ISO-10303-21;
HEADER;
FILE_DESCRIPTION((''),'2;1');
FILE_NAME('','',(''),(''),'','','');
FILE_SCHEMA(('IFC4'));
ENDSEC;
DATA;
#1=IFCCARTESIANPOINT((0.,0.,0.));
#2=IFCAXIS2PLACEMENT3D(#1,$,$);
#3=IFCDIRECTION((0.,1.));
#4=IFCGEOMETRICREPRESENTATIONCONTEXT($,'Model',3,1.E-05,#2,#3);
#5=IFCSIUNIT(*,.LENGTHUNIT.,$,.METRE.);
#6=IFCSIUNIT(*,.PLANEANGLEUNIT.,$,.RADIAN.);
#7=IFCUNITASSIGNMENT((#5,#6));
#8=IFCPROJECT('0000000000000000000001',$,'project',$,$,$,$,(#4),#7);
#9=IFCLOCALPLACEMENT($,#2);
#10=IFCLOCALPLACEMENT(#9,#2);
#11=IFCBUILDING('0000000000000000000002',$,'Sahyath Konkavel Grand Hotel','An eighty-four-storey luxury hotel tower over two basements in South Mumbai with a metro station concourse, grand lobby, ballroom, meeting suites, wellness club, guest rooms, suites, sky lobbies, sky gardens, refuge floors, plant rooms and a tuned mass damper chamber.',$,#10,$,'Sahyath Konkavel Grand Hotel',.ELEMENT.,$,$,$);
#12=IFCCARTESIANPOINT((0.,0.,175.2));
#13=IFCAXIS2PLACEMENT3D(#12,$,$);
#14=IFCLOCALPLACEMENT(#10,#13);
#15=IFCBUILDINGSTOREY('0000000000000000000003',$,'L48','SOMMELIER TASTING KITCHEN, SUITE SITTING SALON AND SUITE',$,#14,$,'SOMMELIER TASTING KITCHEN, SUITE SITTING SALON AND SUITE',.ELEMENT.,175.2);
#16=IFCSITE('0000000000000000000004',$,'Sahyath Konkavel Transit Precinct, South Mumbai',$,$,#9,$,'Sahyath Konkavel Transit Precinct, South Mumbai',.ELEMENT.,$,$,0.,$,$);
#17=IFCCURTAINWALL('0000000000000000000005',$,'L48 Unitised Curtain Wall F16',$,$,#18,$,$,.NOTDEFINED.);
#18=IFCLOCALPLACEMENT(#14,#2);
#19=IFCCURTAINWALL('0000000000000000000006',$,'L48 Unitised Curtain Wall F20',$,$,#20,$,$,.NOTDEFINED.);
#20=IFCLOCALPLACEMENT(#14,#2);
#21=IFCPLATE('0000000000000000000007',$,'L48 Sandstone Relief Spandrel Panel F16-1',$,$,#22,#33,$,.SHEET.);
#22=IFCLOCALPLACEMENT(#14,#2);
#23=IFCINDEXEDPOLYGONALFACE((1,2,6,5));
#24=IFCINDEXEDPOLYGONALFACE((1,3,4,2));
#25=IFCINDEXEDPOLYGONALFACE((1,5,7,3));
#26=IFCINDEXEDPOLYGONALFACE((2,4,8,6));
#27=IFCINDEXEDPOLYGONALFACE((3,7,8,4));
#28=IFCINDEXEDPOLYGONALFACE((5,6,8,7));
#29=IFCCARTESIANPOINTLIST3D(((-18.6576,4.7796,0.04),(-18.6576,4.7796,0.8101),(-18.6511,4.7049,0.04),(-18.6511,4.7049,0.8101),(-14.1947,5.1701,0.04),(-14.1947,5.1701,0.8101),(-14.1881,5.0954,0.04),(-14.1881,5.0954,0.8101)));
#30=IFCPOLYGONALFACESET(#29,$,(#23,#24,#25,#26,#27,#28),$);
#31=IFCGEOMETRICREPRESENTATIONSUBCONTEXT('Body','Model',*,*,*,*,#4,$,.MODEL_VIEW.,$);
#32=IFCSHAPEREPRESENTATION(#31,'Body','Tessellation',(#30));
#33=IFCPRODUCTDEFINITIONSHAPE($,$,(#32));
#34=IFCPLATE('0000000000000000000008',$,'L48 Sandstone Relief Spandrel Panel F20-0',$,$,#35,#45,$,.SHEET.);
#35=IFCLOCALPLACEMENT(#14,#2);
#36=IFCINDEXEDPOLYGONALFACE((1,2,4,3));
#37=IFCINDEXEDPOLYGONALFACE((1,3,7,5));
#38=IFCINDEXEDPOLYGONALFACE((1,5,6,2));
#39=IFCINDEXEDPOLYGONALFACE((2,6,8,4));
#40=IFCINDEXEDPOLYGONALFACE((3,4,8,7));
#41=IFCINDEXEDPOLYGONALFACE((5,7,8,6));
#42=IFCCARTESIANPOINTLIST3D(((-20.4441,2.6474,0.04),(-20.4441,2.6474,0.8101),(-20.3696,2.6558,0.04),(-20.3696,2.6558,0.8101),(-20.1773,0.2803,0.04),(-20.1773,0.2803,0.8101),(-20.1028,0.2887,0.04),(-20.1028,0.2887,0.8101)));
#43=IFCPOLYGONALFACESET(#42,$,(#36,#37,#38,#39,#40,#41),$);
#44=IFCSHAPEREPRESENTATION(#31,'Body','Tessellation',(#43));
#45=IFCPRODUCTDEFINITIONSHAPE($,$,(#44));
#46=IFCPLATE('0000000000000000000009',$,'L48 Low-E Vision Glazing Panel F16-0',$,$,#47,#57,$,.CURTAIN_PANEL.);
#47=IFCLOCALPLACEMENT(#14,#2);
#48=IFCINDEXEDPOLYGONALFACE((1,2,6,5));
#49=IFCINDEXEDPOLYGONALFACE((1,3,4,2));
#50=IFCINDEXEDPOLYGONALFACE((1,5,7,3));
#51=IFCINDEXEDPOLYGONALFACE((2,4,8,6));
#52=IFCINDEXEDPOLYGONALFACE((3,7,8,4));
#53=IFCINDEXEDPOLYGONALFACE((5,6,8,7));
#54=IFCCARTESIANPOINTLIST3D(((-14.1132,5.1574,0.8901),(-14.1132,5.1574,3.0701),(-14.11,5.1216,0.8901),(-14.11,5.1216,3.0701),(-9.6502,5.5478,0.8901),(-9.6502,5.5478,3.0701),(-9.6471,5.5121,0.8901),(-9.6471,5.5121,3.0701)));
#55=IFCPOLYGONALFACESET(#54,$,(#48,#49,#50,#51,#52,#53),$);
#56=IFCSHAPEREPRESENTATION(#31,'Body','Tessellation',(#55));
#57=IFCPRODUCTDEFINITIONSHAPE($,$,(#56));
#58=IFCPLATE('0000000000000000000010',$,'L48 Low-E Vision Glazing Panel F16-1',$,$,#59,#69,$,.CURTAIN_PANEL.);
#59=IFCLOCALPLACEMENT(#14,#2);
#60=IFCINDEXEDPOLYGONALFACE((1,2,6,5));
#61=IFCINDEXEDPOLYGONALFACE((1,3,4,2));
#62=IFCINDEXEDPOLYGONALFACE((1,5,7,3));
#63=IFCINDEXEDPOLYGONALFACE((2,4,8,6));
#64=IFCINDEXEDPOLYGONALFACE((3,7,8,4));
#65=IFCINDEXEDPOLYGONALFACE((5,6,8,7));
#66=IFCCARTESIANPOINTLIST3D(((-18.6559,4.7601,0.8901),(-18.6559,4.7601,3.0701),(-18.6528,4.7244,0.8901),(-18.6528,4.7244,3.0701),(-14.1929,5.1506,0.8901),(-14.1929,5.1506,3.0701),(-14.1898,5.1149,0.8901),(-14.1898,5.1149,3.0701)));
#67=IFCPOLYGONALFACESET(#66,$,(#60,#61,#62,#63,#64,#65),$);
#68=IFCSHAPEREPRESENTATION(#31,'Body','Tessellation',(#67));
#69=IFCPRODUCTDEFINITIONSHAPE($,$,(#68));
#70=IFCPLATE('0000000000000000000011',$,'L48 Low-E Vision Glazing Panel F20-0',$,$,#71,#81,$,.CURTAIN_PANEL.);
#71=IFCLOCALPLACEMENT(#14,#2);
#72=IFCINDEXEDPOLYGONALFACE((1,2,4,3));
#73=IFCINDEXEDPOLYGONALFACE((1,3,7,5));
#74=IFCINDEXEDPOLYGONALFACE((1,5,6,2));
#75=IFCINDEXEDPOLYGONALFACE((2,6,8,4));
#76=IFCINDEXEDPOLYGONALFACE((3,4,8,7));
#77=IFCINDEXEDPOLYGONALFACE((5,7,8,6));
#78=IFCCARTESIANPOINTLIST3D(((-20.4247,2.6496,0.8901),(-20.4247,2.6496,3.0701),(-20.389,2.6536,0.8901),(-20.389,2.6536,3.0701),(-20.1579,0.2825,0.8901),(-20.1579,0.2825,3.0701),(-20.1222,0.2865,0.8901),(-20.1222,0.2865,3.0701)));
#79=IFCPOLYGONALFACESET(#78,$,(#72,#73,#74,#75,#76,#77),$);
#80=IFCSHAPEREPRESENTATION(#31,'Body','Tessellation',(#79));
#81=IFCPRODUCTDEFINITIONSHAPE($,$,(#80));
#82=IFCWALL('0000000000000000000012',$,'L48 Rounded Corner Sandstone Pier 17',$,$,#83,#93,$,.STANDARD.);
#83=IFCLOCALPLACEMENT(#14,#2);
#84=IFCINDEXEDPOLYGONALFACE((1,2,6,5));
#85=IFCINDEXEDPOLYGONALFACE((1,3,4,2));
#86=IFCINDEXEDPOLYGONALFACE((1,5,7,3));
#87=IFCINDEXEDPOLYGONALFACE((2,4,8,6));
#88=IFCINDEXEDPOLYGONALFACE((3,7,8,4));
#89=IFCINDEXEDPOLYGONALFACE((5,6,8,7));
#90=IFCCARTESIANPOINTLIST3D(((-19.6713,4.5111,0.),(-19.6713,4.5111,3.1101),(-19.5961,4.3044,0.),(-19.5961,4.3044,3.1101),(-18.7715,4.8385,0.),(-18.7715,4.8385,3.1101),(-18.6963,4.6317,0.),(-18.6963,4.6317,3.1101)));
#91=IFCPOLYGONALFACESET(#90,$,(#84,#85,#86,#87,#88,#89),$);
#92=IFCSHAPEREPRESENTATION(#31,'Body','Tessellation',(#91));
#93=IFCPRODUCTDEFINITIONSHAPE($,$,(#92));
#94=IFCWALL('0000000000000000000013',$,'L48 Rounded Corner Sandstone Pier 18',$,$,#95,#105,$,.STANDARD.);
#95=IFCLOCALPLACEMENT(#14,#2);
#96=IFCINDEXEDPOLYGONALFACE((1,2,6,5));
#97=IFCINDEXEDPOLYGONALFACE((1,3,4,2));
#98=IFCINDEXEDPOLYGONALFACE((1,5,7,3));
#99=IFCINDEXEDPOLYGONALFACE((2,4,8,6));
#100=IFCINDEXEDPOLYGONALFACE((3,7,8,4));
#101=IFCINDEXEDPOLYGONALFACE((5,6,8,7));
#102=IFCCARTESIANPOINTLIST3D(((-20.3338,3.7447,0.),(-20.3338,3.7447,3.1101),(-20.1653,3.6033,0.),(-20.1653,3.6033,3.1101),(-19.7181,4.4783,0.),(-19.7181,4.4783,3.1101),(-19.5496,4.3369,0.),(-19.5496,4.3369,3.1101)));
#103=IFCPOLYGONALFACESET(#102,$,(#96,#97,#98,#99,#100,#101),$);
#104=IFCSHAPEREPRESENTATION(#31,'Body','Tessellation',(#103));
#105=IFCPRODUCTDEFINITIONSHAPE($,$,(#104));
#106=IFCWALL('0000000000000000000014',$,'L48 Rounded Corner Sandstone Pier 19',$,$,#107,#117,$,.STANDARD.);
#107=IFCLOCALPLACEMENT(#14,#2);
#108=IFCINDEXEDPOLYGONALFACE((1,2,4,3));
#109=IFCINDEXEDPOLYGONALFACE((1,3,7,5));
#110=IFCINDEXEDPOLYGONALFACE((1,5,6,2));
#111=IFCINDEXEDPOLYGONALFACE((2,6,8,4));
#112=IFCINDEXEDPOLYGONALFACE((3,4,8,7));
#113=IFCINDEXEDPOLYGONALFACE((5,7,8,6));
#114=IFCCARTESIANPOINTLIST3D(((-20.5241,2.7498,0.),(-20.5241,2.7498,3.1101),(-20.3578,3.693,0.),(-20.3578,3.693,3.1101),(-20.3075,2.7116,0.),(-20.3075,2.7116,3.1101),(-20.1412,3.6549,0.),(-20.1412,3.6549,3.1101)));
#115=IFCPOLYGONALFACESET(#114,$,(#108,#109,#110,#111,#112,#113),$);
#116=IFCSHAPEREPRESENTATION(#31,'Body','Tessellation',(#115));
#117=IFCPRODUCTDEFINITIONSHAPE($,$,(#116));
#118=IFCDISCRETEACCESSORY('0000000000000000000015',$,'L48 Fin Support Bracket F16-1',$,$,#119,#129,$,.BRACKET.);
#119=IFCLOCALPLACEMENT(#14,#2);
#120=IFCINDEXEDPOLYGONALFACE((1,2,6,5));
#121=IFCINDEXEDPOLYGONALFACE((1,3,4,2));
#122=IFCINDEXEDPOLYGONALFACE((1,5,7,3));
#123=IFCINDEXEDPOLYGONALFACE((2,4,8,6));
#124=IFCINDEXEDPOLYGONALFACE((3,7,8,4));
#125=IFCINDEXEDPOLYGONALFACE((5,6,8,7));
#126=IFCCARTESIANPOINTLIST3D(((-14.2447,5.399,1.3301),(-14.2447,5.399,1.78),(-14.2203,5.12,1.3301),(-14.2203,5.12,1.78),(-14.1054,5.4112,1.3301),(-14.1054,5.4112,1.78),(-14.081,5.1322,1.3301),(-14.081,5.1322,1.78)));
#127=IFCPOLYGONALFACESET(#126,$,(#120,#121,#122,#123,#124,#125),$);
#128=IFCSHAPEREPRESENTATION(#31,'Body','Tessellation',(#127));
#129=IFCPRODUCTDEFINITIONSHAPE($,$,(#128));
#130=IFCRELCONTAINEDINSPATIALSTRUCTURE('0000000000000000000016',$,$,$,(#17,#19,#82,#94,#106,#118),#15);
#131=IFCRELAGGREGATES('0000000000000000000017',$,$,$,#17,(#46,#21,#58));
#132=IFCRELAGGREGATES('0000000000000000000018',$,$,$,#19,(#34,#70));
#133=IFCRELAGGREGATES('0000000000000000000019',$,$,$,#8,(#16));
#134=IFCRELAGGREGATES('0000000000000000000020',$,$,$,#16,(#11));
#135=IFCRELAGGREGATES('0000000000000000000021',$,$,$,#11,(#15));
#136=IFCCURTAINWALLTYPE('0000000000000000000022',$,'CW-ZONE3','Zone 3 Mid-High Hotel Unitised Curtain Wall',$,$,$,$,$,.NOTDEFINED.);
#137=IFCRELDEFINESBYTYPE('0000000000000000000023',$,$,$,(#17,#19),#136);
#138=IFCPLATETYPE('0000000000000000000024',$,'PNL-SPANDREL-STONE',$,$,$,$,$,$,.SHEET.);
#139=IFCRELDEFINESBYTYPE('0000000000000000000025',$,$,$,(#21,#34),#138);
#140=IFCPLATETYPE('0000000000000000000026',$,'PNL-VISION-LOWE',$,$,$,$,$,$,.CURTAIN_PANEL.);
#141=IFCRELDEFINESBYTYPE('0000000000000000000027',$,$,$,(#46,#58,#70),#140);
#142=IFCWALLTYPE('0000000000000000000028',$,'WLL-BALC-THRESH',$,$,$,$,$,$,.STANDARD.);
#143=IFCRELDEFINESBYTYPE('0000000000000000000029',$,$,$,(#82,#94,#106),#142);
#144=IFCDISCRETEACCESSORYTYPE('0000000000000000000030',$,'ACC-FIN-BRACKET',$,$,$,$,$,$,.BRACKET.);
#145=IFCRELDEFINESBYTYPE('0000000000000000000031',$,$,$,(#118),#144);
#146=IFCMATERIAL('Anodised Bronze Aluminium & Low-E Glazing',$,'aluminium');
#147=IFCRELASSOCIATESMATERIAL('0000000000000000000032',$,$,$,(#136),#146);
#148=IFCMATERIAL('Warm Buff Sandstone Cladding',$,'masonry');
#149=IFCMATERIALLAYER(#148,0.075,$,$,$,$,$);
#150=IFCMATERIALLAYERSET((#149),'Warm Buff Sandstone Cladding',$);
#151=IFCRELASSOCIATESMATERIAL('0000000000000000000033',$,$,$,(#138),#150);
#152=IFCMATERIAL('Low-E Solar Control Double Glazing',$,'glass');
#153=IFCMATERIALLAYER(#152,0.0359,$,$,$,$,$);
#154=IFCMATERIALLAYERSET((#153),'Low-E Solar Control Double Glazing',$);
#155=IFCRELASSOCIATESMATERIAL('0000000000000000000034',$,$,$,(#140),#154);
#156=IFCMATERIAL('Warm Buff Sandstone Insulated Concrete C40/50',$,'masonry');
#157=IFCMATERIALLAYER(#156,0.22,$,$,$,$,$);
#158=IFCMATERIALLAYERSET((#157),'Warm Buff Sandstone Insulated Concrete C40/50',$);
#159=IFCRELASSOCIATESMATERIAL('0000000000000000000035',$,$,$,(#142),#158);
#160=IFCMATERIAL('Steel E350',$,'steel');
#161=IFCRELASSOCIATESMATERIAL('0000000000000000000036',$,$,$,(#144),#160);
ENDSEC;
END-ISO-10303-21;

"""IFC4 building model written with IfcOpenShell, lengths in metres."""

from ifc_helpers import new_model, si_unit, direction, frame, frame_2d, origin, origin_2d, place, context, subcontext, project, spatial, rectangle, extrude, source, transform, mapped, material, layer, layer_set, type_object, element, aggregate, save


model = new_model("IFC4")

# Units and contexts
model_context = context("Model", 3, precision=1e-05, world=origin(), true_north=direction((0.0, 1.0)))
body_context = subcontext(model_context, "Body", "Model", "MODEL_VIEW")
ifc_project = project(units=[si_unit("LENGTHUNIT", "METRE"), si_unit("PLANEANGLEUNIT", "RADIAN")], contexts=[model_context])

# Site, building, storey
site_placement = place(None, origin())
site = spatial("IfcSite", under=ifc_project, at=site_placement, Name="Sahyath Konkavel Transit Precinct, South Mumbai", LongName="Sahyath Konkavel Transit Precinct, South Mumbai", CompositionType="ELEMENT", RefElevation=0.0)
building_placement = place(site_placement, origin())
building = spatial("IfcBuilding", under=site, at=building_placement, Name="Sahyath Konkavel Grand Hotel", Description="An eighty-four-storey luxury hotel tower over two basements in South Mumbai with a metro station concourse, grand lobby, ballroom, meeting suites, wellness club, guest rooms, suites, sky lobbies, sky gardens, refuge floors, plant rooms and a tuned mass damper chamber.", LongName="Sahyath Konkavel Grand Hotel", CompositionType="ELEMENT")
storey_placement = place(building_placement, frame((0.0, 0.0, 175.2)))
storey = spatial("IfcBuildingStorey", under=building, at=storey_placement, Name="L48", Description="SOMMELIER TASTING KITCHEN, SUITE SITTING SALON AND SUITE", LongName="SOMMELIER TASTING KITCHEN, SUITE SITTING SALON AND SUITE", CompositionType="ELEMENT", Elevation=175.2)

# Shared definitions
ifc_material_1 = material(Name="Steel E350", Category="steel")

# Curtain walls
ifc_material_2 = material(Name="Anodised Bronze Aluminium & Low-E Glazing", Category="aluminium")
curtain_wall_type = type_object("IfcCurtainWallType", Name="CW-ZONE3", Description="Zone 3 Mid-High Hotel Unitised Curtain Wall", PredefinedType="NOTDEFINED", material=ifc_material_2)
curtain_wall_1_placement = place(storey_placement, origin())
curtain_wall_1 = element("IfcCurtainWall", 1, at=curtain_wall_1_placement, inside=storey, type_object=curtain_wall_type, Name="L48 Unitised Curtain Wall F16", PredefinedType="NOTDEFINED")
curtain_wall_2_placement = place(storey_placement, origin())
curtain_wall_2 = element("IfcCurtainWall", 2, at=curtain_wall_2_placement, inside=storey, type_object=curtain_wall_type, Name="L48 Unitised Curtain Wall F20", PredefinedType="NOTDEFINED")

# Plates
ifc_material_3 = material(Name="Warm Buff Sandstone Cladding", Category="masonry")
ifc_layer_1 = layer(ifc_material_3, 0.075)
ifc_layer_set_1 = layer_set([ifc_layer_1], Name="Warm Buff Sandstone Cladding")
plate_type_1 = type_object("IfcPlateType", Name="PNL-SPANDREL-STONE", PredefinedType="SHEET", material=ifc_layer_set_1)
shared_shape_1 = source(origin(), body_context, "Body", "SweptSolid", [
    extrude(rectangle(XDim=4.48, YDim=0.075, at=origin_2d()), origin(), (0.0, 0.0, 1.0), 0.77),
])
plate_1_placement = place(storey_placement, frame((-16.4229, 4.9375, 0.04), z_axis=(0.0, 0.0, 1.0), x_axis=(-0.996195, -0.087156, 0.0)))
plate_1 = element("IfcPlate", 3, at=plate_1_placement, type_object=plate_type_1, Name="L48 Sandstone Relief Spandrel Panel F16-1", PredefinedType="SHEET", context=body_context, shape_type="MappedRepresentation", body=[
    mapped(shared_shape_1, transform((0.0, 0.0, 0.0), scale=1.0)),
])
shared_shape_2 = source(origin(), body_context, "Body", "SweptSolid", [
    extrude(rectangle(XDim=2.3821, YDim=0.075, at=origin_2d()), origin(), (0.0, 0.0, 1.0), 0.77),
])
plate_2_placement = place(storey_placement, frame((-20.2734, 1.468, 0.04), z_axis=(0.0, 0.0, 1.0), x_axis=(0.111989, -0.993709, 0.0)))
plate_2 = element("IfcPlate", 4, at=plate_2_placement, type_object=plate_type_1, Name="L48 Sandstone Relief Spandrel Panel F20-0", PredefinedType="SHEET", context=body_context, shape_type="MappedRepresentation", body=[
    mapped(shared_shape_2, transform((0.0, 0.0, 0.0), scale=1.0)),
])
ifc_material_4 = material(Name="Low-E Solar Control Double Glazing", Category="glass")
ifc_layer_2 = layer(ifc_material_4, 0.0359)
ifc_layer_set_2 = layer_set([ifc_layer_2], Name="Low-E Solar Control Double Glazing")
plate_type_2 = type_object("IfcPlateType", Name="PNL-VISION-LOWE", PredefinedType="CURTAIN_PANEL", material=ifc_layer_set_2)
shared_shape_3 = source(origin(), body_context, "Body", "SweptSolid", [
    extrude(rectangle(XDim=4.48, YDim=0.0359, at=origin_2d()), origin(), (0.0, 0.0, 1.0), 2.1799),
])
plate_3_placement = place(storey_placement, frame((-11.8801, 5.3347, 0.8901), z_axis=(0.0, 0.0, 1.0), x_axis=(-0.996195, -0.087156, 0.0)))
plate_3 = element("IfcPlate", 5, at=plate_3_placement, type_object=plate_type_2, Name="L48 Low-E Vision Glazing Panel F16-0", PredefinedType="CURTAIN_PANEL", context=body_context, shape_type="MappedRepresentation", body=[
    mapped(shared_shape_3, transform((0.0, 0.0, 0.0), scale=1.0)),
])
plate_4_placement = place(storey_placement, frame((-16.4229, 4.9375, 0.8901), z_axis=(0.0, 0.0, 1.0), x_axis=(-0.996195, -0.087156, 0.0)))
plate_4 = element("IfcPlate", 6, at=plate_4_placement, type_object=plate_type_2, Name="L48 Low-E Vision Glazing Panel F16-1", PredefinedType="CURTAIN_PANEL", context=body_context, shape_type="MappedRepresentation", body=[
    mapped(shared_shape_3, transform((0.0, 0.0, 0.0), scale=1.0)),
])
aggregate(curtain_wall_1, [plate_3, plate_1, plate_4])
shared_shape_4 = source(origin(), body_context, "Body", "SweptSolid", [
    extrude(rectangle(XDim=2.3821, YDim=0.0359, at=origin_2d()), origin(), (0.0, 0.0, 1.0), 2.1799),
])
plate_5_placement = place(storey_placement, frame((-20.2734, 1.468, 0.8901), z_axis=(0.0, 0.0, 1.0), x_axis=(0.111989, -0.993709, 0.0)))
plate_5 = element("IfcPlate", 7, at=plate_5_placement, type_object=plate_type_2, Name="L48 Low-E Vision Glazing Panel F20-0", PredefinedType="CURTAIN_PANEL", context=body_context, shape_type="MappedRepresentation", body=[
    mapped(shared_shape_4, transform((0.0, 0.0, 0.0), scale=1.0)),
])
aggregate(curtain_wall_2, [plate_2, plate_5])

# Walls
ifc_material_5 = material(Name="Warm Buff Sandstone Insulated Concrete C40/50", Category="masonry")
ifc_layer_3 = layer(ifc_material_5, 0.22)
ifc_layer_set_3 = layer_set([ifc_layer_3], Name="Warm Buff Sandstone Insulated Concrete C40/50")
wall_type = type_object("IfcWallType", Name="WLL-BALC-THRESH", PredefinedType="STANDARD", material=ifc_layer_set_3)
wall_placement = place(storey_placement, frame((-18.7339, 4.7351, 0.0), z_axis=(0.0, 0.0, 1.0), x_axis=(-0.939741, -0.341886, 0.0)))
element("IfcWall", 8, at=wall_placement, inside=storey, type_object=wall_type, Name="L48 Rounded Corner Sandstone Pier 17", PredefinedType="STANDARD", context=body_context, shape_type="SweptSolid", body=[
    extrude(rectangle(XDim=0.9575, YDim=0.22, at=frame_2d((0.4788, 0.0))), origin(), (0.0, 0.0, 1.0), 3.1101),
])
for number, where, z_axis, x_axis, name in (
    (9, (-19.6338, 4.4077, 0.0), (0.0, 0.0, 1.0), (-0.642863, -0.765981, 0.0), "L48 Rounded Corner Sandstone Pier 18"),
    (10, (-20.2495, 3.6741, 0.0), (0.0, 0.0, 1.0), (-0.173611, -0.984814, 0.0), "L48 Rounded Corner Sandstone Pier 19"),
):
    element("IfcWall", number, at=place(storey_placement, frame(where, z_axis=z_axis, x_axis=x_axis)), inside=storey, type_object=wall_type, Name=name, PredefinedType="STANDARD", context=body_context, shape_type="SweptSolid", body=[
        extrude(rectangle(XDim=0.9578, YDim=0.22, at=frame_2d((0.479, 0.0))), origin(), (0.0, 0.0, 1.0), 3.1101),
    ])

# Discrete accessory
discrete_accessory_type = type_object("IfcDiscreteAccessoryType", Name="ACC-FIN-BRACKET", PredefinedType="BRACKET", material=ifc_material_1)
shared_shape_5 = source(origin(), body_context, "Body", "SweptSolid", [
    extrude(rectangle(XDim=0.28, YDim=0.1399, at=origin_2d()), origin(), (0.0, 0.0, 1.0), 0.45),
])
discrete_accessory_placement = place(storey_placement, frame((-14.1628, 5.2656, 1.3301), z_axis=(0.0, 0.0, 1.0), x_axis=(-0.087156, 0.996195, 0.0)))
element("IfcDiscreteAccessory", 11, at=discrete_accessory_placement, inside=storey, type_object=discrete_accessory_type, Name="L48 Fin Support Bracket F16-1", PredefinedType="BRACKET", context=body_context, shape_type="MappedRepresentation", body=[
    mapped(shared_shape_5, transform((0.0, 0.0, 0.0), scale=1.0)),
])

save(model, "model.ifc")
